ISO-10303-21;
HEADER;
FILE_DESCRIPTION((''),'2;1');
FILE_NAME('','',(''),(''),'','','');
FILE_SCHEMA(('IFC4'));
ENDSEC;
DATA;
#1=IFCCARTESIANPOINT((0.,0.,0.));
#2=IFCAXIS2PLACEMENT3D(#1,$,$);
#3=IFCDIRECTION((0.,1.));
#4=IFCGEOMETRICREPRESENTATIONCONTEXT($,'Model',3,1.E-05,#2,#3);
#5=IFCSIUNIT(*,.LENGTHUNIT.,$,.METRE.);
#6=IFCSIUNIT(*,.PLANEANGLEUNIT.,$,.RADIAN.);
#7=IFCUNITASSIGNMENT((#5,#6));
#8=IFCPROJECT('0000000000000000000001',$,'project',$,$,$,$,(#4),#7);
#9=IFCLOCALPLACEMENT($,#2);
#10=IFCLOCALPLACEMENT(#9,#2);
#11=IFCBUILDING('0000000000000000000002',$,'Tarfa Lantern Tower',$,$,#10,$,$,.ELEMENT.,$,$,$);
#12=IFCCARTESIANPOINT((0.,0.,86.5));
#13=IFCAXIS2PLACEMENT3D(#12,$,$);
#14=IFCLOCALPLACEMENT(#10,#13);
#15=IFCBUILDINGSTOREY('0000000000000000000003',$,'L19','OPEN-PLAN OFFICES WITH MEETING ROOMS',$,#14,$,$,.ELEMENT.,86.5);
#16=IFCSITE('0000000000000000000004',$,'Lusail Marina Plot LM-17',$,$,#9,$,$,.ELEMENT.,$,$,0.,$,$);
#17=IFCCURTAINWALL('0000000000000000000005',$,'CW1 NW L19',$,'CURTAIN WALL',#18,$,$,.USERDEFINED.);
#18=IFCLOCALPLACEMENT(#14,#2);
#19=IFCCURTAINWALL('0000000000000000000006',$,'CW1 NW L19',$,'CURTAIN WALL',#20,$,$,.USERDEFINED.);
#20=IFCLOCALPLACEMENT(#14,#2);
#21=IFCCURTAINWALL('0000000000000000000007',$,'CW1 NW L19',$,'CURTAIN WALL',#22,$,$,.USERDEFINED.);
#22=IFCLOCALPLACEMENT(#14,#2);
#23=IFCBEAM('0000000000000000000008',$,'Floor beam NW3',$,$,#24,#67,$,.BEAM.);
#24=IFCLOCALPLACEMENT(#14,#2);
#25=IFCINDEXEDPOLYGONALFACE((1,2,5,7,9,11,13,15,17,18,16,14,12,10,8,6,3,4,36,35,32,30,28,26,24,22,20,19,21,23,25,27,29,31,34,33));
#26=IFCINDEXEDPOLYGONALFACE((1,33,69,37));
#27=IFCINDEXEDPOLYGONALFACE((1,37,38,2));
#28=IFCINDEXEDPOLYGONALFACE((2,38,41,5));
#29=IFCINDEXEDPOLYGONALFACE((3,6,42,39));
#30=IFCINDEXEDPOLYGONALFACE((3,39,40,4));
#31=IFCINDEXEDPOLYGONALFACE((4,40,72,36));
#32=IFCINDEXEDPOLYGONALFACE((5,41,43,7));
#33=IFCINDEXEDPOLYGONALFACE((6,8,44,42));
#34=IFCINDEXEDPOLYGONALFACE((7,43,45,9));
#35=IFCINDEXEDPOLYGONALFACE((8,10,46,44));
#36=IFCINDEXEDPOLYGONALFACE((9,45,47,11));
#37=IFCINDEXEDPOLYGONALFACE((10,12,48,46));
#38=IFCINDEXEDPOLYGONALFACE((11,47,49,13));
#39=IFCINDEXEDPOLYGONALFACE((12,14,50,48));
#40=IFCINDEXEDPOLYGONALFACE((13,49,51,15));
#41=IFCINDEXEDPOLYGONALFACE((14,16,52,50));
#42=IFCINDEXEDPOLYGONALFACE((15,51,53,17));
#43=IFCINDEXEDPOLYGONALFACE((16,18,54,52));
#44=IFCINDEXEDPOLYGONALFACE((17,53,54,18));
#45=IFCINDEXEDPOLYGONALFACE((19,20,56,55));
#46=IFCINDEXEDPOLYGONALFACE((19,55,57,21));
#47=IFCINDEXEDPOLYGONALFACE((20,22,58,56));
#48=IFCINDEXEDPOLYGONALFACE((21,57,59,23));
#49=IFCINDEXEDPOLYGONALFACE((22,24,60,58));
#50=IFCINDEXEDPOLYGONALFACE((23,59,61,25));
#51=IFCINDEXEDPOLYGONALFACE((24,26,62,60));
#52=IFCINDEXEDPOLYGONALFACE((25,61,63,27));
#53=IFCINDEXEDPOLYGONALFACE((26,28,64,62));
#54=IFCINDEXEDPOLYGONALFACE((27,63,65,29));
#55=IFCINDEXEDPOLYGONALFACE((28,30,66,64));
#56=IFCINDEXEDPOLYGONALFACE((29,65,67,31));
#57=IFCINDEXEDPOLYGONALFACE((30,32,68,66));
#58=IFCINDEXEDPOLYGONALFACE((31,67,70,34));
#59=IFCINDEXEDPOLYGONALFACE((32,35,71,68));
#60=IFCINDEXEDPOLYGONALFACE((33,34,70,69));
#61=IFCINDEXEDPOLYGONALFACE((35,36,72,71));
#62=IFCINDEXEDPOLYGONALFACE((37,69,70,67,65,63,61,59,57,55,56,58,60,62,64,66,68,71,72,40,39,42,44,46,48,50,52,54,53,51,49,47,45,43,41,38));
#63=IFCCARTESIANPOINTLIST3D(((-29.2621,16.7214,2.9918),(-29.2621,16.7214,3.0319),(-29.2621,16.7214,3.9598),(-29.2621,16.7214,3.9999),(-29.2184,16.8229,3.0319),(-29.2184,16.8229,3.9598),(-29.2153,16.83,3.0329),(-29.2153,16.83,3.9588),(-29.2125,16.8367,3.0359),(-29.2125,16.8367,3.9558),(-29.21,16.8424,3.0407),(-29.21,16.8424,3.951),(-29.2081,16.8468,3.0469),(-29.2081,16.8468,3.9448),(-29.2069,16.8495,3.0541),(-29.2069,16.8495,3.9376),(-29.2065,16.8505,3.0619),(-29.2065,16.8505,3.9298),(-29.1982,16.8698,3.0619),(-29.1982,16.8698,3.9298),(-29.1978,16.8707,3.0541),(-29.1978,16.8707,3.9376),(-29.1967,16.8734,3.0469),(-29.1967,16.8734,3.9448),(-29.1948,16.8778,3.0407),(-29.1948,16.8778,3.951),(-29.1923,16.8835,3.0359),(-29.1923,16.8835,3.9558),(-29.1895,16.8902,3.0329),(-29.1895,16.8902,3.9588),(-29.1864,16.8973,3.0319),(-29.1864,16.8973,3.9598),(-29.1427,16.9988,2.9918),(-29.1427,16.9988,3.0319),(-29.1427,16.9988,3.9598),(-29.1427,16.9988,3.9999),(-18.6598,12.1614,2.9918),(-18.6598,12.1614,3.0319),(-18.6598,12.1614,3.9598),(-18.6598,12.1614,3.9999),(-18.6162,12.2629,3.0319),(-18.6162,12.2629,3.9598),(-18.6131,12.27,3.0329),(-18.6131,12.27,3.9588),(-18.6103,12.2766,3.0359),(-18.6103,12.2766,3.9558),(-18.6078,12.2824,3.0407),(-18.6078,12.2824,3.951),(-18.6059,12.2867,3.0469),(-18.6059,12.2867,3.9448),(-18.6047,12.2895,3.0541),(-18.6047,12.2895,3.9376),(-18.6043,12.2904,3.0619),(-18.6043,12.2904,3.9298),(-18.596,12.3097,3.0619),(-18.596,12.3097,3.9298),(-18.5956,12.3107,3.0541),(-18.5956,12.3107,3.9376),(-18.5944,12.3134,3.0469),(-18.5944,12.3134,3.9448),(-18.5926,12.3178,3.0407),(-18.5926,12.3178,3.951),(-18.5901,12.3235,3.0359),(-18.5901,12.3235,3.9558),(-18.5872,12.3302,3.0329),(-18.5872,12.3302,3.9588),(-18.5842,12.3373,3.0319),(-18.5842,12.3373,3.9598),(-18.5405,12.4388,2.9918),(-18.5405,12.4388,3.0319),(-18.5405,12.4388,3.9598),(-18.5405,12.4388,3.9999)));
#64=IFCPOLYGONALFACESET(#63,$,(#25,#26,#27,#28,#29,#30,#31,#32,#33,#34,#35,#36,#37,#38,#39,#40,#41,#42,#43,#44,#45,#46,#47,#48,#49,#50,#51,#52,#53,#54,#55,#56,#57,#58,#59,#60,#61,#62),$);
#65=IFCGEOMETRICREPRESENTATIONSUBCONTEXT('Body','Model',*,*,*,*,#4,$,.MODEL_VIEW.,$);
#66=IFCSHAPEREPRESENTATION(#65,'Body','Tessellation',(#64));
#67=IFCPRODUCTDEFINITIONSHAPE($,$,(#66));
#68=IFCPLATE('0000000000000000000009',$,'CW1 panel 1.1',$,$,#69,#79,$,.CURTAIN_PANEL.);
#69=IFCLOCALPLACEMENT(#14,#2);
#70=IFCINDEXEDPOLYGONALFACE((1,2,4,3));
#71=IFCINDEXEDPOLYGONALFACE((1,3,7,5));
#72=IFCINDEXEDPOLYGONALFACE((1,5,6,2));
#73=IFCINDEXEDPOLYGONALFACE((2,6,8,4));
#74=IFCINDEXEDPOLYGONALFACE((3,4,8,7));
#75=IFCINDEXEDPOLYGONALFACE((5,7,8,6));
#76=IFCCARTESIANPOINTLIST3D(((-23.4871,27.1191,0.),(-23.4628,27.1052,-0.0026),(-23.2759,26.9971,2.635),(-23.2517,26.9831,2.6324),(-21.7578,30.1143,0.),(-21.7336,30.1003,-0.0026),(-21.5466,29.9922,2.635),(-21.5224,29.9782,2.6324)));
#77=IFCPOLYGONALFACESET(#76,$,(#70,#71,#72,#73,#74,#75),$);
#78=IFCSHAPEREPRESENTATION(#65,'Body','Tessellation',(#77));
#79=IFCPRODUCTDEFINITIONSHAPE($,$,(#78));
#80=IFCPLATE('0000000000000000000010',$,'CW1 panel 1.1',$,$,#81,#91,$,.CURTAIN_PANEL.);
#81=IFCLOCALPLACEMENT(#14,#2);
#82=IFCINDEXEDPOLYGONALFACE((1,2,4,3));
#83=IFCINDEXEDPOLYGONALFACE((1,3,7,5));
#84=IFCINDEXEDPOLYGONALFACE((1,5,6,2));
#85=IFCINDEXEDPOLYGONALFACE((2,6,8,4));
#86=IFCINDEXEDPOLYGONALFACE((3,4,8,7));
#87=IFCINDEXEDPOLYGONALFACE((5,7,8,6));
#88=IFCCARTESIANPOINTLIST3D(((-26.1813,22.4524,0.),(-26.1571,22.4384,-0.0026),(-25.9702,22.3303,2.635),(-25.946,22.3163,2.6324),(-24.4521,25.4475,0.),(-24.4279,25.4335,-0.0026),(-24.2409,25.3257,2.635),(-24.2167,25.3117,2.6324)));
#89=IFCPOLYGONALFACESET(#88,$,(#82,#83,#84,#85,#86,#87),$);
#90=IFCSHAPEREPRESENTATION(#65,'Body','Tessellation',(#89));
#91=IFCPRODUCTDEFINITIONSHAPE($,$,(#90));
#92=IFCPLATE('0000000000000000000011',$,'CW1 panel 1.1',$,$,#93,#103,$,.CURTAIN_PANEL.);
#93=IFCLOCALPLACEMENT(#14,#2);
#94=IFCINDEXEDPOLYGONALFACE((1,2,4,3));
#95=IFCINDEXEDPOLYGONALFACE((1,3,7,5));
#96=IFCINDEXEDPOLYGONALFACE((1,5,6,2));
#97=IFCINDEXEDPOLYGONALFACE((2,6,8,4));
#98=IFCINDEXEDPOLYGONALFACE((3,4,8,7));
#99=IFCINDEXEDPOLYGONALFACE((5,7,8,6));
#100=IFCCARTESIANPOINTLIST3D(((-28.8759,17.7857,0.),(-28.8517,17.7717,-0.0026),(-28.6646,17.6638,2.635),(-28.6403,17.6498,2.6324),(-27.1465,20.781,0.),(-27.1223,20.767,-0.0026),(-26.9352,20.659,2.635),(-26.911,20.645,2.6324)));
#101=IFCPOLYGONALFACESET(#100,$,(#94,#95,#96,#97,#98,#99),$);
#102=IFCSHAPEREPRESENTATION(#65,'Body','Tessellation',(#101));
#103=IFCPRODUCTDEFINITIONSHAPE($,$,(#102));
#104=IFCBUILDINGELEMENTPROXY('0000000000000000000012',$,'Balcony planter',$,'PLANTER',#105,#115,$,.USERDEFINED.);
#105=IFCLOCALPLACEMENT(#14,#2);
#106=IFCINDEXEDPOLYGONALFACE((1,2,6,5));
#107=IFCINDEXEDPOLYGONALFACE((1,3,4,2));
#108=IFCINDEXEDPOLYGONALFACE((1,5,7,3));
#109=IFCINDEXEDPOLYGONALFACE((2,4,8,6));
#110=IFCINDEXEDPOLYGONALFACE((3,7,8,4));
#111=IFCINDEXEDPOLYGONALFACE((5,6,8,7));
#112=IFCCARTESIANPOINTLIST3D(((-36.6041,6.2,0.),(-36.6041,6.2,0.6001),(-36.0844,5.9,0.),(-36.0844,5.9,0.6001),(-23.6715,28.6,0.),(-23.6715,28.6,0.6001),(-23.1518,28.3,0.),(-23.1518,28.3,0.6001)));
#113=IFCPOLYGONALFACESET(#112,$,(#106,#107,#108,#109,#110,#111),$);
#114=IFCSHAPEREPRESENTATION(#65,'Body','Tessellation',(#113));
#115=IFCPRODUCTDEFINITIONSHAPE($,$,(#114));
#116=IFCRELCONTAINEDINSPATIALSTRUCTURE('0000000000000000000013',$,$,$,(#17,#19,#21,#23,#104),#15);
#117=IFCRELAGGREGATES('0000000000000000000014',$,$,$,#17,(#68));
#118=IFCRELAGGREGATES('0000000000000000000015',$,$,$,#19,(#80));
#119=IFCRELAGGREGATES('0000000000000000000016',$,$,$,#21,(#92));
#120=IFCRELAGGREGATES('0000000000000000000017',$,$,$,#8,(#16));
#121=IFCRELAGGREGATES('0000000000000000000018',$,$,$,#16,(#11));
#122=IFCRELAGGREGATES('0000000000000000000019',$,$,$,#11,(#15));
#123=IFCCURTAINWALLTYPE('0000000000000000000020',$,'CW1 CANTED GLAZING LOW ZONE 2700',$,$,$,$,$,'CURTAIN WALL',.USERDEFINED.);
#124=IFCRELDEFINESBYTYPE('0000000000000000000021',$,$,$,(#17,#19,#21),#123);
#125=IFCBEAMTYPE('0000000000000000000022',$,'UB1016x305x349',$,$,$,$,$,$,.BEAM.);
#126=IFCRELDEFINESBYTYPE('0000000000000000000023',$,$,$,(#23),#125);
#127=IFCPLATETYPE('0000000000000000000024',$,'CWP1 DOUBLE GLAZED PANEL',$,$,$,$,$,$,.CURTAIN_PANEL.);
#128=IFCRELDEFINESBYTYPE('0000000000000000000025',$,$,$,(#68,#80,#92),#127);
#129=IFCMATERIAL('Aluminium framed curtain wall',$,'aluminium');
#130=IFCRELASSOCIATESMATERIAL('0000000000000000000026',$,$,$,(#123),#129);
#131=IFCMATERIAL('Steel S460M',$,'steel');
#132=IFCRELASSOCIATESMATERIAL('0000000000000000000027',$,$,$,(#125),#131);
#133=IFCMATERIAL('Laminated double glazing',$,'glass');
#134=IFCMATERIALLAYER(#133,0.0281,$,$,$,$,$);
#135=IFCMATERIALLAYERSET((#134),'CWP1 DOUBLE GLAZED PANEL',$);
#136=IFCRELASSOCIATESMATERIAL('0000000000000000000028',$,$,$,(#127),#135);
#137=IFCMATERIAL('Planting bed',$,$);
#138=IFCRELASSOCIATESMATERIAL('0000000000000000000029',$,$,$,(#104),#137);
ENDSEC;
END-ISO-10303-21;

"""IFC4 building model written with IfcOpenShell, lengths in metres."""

from ifc_helpers import new_model, si_unit, direction, frame, origin, origin_2d, place, context, subcontext, project, spatial, polyline, rectangle, i_section, outline, extrude, material, layer, layer_set, material_profile, profile_set, type_object, element, aggregate, save


model = new_model("IFC4")

# Units and contexts
model_context = context("Model", 3, precision=1e-05, world=origin(), true_north=direction((0.0, 1.0)))
body_context = subcontext(model_context, "Body", "Model", "MODEL_VIEW")
ifc_project = project(units=[si_unit("LENGTHUNIT", "METRE"), si_unit("PLANEANGLEUNIT", "RADIAN")], contexts=[model_context])

# Site, building, storey
site_placement = place(None, origin())
site = spatial("IfcSite", under=ifc_project, at=site_placement, Name="Lusail Marina Plot LM-17", CompositionType="ELEMENT", RefElevation=0.0)
building_placement = place(site_placement, origin())
building = spatial("IfcBuilding", under=site, at=building_placement, Name="Tarfa Lantern Tower", CompositionType="ELEMENT")
storey_placement = place(building_placement, frame((0.0, 0.0, 86.5)))
storey = spatial("IfcBuildingStorey", under=building, at=storey_placement, Name="L19", Description="OPEN-PLAN OFFICES WITH MEETING ROOMS", CompositionType="ELEMENT", Elevation=86.5)

# Curtain walls
ifc_material_1 = material(Name="Aluminium framed curtain wall", Category="aluminium")
curtain_wall_type = type_object("IfcCurtainWallType", Name="CW1 CANTED GLAZING LOW ZONE 2700", ElementType="CURTAIN WALL", PredefinedType="USERDEFINED", material=ifc_material_1)
curtain_wall_1_placement = place(storey_placement, origin())
curtain_wall_1 = element("IfcCurtainWall", 1, at=curtain_wall_1_placement, inside=storey, type_object=curtain_wall_type, Name="CW1 NW L19", ObjectType="CURTAIN WALL", PredefinedType="USERDEFINED")
curtain_wall_2_placement = place(storey_placement, origin())
curtain_wall_2 = element("IfcCurtainWall", 2, at=curtain_wall_2_placement, inside=storey, type_object=curtain_wall_type, Name="CW1 NW L19", ObjectType="CURTAIN WALL", PredefinedType="USERDEFINED")
curtain_wall_3_placement = place(storey_placement, origin())
curtain_wall_3 = element("IfcCurtainWall", 3, at=curtain_wall_3_placement, inside=storey, type_object=curtain_wall_type, Name="CW1 NW L19", ObjectType="CURTAIN WALL", PredefinedType="USERDEFINED")

# Beam
ifc_material_2 = material(Name="Steel S460M", Category="steel")
ifc_material_profile_1 = material_profile(ifc_material_2, i_section(OverallWidth=0.302, OverallDepth=1.0081, WebThickness=0.021, FlangeThickness=0.04, FilletRadius=0.03, at=origin_2d()), Name="UB1016x305x349")
ifc_profile_set_1 = profile_set([ifc_material_profile_1], Name="Steel S460M")
beam_type_1 = type_object("IfcBeamType", Name="UB1016x305x349", PredefinedType="BEAM", material=ifc_profile_set_1)
beam_1_placement = place(storey_placement, frame((-29.2024, 16.8601, 3.4958), z_axis=(0.918635, -0.395106, 0.0), x_axis=(0.395106, 0.918635, 0.0)))
element("IfcBeam", 4, at=beam_1_placement, inside=storey, type_object=beam_type_1, Name="Floor beam NW3", PredefinedType="BEAM", context=body_context, shape_type="SweptSolid", body=[
    extrude(i_section(OverallWidth=0.302, OverallDepth=1.0081, WebThickness=0.021, FlangeThickness=0.04, FilletRadius=0.03, at=origin_2d()), origin(), (0.0, 0.0, 1.0), 11.5413),
])

# Plates
ifc_material_3 = material(Name="Laminated double glazing", Category="glass")
ifc_layer = layer(ifc_material_3, 0.0281)
ifc_layer_set = layer_set([ifc_layer], Name="CWP1 DOUBLE GLAZED PANEL")
plate_type = type_object("IfcPlateType", Name="CWP1 DOUBLE GLAZED PANEL", PredefinedType="CURTAIN_PANEL", material=ifc_layer_set)
plate_1_placement = place(storey_placement, frame((-21.7578, 30.1143, 0.0), z_axis=(-0.862336, 0.497875, 0.092176), x_axis=(-0.500004, -0.866023, 0.0)))
plate_1 = element("IfcPlate", 5, at=plate_1_placement, type_object=plate_type, Name="CW1 panel 1.1", PredefinedType="CURTAIN_PANEL", context=body_context, shape_type="SweptSolid", body=[
    extrude(outline(polyline([(0.0, 0.0), (3.4585, 0.0), (3.4586, 2.6463), (0.0001, 2.6463), (0.0, 0.0)])), origin(), (0.0, 0.0, -1.0), 0.0281),
])
aggregate(curtain_wall_1, [plate_1])
plate_2_placement = place(storey_placement, frame((-24.4521, 25.4475, 0.0), z_axis=(-0.862347, 0.497861, 0.092153), x_axis=(-0.499988, -0.866032, -0.000002)))
plate_2 = element("IfcPlate", 6, at=plate_2_placement, type_object=plate_type, Name="CW1 panel 1.1", PredefinedType="CURTAIN_PANEL", context=body_context, shape_type="SweptSolid", body=[
    extrude(outline(polyline([(0.0, 0.0), (3.4585, 0.0), (3.4586, 2.6463), (-0.0001, 2.6463), (0.0, 0.0)])), origin(), (0.0, 0.0, -1.0), 0.0281),
])
aggregate(curtain_wall_2, [plate_2])
plate_3_placement = place(storey_placement, frame((-27.1465, 20.781, 0.0), z_axis=(-0.862329, 0.497885, 0.092193), x_axis=(-0.500014, -0.866017, 0.000004)))
plate_3 = element("IfcPlate", 7, at=plate_3_placement, type_object=plate_type, Name="CW1 panel 1.1", PredefinedType="CURTAIN_PANEL", context=body_context, shape_type="SweptSolid", body=[
    extrude(outline(polyline([(0.0, 0.0), (3.4587, 0.0), (3.4586, 2.6463), (0.0, 2.6463), (0.0, 0.0)])), origin(), (0.0, 0.0, -1.0), 0.0281),
])
aggregate(curtain_wall_3, [plate_3])

# Building element proxy
ifc_material_4 = material(Name="Planting bed")
proxy_placement = place(storey_placement, frame((-29.8779, 17.25, 0.0), z_axis=(0.0, 0.0, 1.0), x_axis=(-0.5, -0.866025, 0.0)))
element("IfcBuildingElementProxy", 8, at=proxy_placement, inside=storey, material=ifc_material_4, Name="Balcony planter", ObjectType="PLANTER", PredefinedType="USERDEFINED", context=body_context, shape_type="SweptSolid", body=[
    extrude(rectangle(XDim=25.8652, YDim=0.6001, at=origin_2d()), origin(), (0.0, 0.0, 1.0), 0.6001),
])

save(model, "model.ifc")
